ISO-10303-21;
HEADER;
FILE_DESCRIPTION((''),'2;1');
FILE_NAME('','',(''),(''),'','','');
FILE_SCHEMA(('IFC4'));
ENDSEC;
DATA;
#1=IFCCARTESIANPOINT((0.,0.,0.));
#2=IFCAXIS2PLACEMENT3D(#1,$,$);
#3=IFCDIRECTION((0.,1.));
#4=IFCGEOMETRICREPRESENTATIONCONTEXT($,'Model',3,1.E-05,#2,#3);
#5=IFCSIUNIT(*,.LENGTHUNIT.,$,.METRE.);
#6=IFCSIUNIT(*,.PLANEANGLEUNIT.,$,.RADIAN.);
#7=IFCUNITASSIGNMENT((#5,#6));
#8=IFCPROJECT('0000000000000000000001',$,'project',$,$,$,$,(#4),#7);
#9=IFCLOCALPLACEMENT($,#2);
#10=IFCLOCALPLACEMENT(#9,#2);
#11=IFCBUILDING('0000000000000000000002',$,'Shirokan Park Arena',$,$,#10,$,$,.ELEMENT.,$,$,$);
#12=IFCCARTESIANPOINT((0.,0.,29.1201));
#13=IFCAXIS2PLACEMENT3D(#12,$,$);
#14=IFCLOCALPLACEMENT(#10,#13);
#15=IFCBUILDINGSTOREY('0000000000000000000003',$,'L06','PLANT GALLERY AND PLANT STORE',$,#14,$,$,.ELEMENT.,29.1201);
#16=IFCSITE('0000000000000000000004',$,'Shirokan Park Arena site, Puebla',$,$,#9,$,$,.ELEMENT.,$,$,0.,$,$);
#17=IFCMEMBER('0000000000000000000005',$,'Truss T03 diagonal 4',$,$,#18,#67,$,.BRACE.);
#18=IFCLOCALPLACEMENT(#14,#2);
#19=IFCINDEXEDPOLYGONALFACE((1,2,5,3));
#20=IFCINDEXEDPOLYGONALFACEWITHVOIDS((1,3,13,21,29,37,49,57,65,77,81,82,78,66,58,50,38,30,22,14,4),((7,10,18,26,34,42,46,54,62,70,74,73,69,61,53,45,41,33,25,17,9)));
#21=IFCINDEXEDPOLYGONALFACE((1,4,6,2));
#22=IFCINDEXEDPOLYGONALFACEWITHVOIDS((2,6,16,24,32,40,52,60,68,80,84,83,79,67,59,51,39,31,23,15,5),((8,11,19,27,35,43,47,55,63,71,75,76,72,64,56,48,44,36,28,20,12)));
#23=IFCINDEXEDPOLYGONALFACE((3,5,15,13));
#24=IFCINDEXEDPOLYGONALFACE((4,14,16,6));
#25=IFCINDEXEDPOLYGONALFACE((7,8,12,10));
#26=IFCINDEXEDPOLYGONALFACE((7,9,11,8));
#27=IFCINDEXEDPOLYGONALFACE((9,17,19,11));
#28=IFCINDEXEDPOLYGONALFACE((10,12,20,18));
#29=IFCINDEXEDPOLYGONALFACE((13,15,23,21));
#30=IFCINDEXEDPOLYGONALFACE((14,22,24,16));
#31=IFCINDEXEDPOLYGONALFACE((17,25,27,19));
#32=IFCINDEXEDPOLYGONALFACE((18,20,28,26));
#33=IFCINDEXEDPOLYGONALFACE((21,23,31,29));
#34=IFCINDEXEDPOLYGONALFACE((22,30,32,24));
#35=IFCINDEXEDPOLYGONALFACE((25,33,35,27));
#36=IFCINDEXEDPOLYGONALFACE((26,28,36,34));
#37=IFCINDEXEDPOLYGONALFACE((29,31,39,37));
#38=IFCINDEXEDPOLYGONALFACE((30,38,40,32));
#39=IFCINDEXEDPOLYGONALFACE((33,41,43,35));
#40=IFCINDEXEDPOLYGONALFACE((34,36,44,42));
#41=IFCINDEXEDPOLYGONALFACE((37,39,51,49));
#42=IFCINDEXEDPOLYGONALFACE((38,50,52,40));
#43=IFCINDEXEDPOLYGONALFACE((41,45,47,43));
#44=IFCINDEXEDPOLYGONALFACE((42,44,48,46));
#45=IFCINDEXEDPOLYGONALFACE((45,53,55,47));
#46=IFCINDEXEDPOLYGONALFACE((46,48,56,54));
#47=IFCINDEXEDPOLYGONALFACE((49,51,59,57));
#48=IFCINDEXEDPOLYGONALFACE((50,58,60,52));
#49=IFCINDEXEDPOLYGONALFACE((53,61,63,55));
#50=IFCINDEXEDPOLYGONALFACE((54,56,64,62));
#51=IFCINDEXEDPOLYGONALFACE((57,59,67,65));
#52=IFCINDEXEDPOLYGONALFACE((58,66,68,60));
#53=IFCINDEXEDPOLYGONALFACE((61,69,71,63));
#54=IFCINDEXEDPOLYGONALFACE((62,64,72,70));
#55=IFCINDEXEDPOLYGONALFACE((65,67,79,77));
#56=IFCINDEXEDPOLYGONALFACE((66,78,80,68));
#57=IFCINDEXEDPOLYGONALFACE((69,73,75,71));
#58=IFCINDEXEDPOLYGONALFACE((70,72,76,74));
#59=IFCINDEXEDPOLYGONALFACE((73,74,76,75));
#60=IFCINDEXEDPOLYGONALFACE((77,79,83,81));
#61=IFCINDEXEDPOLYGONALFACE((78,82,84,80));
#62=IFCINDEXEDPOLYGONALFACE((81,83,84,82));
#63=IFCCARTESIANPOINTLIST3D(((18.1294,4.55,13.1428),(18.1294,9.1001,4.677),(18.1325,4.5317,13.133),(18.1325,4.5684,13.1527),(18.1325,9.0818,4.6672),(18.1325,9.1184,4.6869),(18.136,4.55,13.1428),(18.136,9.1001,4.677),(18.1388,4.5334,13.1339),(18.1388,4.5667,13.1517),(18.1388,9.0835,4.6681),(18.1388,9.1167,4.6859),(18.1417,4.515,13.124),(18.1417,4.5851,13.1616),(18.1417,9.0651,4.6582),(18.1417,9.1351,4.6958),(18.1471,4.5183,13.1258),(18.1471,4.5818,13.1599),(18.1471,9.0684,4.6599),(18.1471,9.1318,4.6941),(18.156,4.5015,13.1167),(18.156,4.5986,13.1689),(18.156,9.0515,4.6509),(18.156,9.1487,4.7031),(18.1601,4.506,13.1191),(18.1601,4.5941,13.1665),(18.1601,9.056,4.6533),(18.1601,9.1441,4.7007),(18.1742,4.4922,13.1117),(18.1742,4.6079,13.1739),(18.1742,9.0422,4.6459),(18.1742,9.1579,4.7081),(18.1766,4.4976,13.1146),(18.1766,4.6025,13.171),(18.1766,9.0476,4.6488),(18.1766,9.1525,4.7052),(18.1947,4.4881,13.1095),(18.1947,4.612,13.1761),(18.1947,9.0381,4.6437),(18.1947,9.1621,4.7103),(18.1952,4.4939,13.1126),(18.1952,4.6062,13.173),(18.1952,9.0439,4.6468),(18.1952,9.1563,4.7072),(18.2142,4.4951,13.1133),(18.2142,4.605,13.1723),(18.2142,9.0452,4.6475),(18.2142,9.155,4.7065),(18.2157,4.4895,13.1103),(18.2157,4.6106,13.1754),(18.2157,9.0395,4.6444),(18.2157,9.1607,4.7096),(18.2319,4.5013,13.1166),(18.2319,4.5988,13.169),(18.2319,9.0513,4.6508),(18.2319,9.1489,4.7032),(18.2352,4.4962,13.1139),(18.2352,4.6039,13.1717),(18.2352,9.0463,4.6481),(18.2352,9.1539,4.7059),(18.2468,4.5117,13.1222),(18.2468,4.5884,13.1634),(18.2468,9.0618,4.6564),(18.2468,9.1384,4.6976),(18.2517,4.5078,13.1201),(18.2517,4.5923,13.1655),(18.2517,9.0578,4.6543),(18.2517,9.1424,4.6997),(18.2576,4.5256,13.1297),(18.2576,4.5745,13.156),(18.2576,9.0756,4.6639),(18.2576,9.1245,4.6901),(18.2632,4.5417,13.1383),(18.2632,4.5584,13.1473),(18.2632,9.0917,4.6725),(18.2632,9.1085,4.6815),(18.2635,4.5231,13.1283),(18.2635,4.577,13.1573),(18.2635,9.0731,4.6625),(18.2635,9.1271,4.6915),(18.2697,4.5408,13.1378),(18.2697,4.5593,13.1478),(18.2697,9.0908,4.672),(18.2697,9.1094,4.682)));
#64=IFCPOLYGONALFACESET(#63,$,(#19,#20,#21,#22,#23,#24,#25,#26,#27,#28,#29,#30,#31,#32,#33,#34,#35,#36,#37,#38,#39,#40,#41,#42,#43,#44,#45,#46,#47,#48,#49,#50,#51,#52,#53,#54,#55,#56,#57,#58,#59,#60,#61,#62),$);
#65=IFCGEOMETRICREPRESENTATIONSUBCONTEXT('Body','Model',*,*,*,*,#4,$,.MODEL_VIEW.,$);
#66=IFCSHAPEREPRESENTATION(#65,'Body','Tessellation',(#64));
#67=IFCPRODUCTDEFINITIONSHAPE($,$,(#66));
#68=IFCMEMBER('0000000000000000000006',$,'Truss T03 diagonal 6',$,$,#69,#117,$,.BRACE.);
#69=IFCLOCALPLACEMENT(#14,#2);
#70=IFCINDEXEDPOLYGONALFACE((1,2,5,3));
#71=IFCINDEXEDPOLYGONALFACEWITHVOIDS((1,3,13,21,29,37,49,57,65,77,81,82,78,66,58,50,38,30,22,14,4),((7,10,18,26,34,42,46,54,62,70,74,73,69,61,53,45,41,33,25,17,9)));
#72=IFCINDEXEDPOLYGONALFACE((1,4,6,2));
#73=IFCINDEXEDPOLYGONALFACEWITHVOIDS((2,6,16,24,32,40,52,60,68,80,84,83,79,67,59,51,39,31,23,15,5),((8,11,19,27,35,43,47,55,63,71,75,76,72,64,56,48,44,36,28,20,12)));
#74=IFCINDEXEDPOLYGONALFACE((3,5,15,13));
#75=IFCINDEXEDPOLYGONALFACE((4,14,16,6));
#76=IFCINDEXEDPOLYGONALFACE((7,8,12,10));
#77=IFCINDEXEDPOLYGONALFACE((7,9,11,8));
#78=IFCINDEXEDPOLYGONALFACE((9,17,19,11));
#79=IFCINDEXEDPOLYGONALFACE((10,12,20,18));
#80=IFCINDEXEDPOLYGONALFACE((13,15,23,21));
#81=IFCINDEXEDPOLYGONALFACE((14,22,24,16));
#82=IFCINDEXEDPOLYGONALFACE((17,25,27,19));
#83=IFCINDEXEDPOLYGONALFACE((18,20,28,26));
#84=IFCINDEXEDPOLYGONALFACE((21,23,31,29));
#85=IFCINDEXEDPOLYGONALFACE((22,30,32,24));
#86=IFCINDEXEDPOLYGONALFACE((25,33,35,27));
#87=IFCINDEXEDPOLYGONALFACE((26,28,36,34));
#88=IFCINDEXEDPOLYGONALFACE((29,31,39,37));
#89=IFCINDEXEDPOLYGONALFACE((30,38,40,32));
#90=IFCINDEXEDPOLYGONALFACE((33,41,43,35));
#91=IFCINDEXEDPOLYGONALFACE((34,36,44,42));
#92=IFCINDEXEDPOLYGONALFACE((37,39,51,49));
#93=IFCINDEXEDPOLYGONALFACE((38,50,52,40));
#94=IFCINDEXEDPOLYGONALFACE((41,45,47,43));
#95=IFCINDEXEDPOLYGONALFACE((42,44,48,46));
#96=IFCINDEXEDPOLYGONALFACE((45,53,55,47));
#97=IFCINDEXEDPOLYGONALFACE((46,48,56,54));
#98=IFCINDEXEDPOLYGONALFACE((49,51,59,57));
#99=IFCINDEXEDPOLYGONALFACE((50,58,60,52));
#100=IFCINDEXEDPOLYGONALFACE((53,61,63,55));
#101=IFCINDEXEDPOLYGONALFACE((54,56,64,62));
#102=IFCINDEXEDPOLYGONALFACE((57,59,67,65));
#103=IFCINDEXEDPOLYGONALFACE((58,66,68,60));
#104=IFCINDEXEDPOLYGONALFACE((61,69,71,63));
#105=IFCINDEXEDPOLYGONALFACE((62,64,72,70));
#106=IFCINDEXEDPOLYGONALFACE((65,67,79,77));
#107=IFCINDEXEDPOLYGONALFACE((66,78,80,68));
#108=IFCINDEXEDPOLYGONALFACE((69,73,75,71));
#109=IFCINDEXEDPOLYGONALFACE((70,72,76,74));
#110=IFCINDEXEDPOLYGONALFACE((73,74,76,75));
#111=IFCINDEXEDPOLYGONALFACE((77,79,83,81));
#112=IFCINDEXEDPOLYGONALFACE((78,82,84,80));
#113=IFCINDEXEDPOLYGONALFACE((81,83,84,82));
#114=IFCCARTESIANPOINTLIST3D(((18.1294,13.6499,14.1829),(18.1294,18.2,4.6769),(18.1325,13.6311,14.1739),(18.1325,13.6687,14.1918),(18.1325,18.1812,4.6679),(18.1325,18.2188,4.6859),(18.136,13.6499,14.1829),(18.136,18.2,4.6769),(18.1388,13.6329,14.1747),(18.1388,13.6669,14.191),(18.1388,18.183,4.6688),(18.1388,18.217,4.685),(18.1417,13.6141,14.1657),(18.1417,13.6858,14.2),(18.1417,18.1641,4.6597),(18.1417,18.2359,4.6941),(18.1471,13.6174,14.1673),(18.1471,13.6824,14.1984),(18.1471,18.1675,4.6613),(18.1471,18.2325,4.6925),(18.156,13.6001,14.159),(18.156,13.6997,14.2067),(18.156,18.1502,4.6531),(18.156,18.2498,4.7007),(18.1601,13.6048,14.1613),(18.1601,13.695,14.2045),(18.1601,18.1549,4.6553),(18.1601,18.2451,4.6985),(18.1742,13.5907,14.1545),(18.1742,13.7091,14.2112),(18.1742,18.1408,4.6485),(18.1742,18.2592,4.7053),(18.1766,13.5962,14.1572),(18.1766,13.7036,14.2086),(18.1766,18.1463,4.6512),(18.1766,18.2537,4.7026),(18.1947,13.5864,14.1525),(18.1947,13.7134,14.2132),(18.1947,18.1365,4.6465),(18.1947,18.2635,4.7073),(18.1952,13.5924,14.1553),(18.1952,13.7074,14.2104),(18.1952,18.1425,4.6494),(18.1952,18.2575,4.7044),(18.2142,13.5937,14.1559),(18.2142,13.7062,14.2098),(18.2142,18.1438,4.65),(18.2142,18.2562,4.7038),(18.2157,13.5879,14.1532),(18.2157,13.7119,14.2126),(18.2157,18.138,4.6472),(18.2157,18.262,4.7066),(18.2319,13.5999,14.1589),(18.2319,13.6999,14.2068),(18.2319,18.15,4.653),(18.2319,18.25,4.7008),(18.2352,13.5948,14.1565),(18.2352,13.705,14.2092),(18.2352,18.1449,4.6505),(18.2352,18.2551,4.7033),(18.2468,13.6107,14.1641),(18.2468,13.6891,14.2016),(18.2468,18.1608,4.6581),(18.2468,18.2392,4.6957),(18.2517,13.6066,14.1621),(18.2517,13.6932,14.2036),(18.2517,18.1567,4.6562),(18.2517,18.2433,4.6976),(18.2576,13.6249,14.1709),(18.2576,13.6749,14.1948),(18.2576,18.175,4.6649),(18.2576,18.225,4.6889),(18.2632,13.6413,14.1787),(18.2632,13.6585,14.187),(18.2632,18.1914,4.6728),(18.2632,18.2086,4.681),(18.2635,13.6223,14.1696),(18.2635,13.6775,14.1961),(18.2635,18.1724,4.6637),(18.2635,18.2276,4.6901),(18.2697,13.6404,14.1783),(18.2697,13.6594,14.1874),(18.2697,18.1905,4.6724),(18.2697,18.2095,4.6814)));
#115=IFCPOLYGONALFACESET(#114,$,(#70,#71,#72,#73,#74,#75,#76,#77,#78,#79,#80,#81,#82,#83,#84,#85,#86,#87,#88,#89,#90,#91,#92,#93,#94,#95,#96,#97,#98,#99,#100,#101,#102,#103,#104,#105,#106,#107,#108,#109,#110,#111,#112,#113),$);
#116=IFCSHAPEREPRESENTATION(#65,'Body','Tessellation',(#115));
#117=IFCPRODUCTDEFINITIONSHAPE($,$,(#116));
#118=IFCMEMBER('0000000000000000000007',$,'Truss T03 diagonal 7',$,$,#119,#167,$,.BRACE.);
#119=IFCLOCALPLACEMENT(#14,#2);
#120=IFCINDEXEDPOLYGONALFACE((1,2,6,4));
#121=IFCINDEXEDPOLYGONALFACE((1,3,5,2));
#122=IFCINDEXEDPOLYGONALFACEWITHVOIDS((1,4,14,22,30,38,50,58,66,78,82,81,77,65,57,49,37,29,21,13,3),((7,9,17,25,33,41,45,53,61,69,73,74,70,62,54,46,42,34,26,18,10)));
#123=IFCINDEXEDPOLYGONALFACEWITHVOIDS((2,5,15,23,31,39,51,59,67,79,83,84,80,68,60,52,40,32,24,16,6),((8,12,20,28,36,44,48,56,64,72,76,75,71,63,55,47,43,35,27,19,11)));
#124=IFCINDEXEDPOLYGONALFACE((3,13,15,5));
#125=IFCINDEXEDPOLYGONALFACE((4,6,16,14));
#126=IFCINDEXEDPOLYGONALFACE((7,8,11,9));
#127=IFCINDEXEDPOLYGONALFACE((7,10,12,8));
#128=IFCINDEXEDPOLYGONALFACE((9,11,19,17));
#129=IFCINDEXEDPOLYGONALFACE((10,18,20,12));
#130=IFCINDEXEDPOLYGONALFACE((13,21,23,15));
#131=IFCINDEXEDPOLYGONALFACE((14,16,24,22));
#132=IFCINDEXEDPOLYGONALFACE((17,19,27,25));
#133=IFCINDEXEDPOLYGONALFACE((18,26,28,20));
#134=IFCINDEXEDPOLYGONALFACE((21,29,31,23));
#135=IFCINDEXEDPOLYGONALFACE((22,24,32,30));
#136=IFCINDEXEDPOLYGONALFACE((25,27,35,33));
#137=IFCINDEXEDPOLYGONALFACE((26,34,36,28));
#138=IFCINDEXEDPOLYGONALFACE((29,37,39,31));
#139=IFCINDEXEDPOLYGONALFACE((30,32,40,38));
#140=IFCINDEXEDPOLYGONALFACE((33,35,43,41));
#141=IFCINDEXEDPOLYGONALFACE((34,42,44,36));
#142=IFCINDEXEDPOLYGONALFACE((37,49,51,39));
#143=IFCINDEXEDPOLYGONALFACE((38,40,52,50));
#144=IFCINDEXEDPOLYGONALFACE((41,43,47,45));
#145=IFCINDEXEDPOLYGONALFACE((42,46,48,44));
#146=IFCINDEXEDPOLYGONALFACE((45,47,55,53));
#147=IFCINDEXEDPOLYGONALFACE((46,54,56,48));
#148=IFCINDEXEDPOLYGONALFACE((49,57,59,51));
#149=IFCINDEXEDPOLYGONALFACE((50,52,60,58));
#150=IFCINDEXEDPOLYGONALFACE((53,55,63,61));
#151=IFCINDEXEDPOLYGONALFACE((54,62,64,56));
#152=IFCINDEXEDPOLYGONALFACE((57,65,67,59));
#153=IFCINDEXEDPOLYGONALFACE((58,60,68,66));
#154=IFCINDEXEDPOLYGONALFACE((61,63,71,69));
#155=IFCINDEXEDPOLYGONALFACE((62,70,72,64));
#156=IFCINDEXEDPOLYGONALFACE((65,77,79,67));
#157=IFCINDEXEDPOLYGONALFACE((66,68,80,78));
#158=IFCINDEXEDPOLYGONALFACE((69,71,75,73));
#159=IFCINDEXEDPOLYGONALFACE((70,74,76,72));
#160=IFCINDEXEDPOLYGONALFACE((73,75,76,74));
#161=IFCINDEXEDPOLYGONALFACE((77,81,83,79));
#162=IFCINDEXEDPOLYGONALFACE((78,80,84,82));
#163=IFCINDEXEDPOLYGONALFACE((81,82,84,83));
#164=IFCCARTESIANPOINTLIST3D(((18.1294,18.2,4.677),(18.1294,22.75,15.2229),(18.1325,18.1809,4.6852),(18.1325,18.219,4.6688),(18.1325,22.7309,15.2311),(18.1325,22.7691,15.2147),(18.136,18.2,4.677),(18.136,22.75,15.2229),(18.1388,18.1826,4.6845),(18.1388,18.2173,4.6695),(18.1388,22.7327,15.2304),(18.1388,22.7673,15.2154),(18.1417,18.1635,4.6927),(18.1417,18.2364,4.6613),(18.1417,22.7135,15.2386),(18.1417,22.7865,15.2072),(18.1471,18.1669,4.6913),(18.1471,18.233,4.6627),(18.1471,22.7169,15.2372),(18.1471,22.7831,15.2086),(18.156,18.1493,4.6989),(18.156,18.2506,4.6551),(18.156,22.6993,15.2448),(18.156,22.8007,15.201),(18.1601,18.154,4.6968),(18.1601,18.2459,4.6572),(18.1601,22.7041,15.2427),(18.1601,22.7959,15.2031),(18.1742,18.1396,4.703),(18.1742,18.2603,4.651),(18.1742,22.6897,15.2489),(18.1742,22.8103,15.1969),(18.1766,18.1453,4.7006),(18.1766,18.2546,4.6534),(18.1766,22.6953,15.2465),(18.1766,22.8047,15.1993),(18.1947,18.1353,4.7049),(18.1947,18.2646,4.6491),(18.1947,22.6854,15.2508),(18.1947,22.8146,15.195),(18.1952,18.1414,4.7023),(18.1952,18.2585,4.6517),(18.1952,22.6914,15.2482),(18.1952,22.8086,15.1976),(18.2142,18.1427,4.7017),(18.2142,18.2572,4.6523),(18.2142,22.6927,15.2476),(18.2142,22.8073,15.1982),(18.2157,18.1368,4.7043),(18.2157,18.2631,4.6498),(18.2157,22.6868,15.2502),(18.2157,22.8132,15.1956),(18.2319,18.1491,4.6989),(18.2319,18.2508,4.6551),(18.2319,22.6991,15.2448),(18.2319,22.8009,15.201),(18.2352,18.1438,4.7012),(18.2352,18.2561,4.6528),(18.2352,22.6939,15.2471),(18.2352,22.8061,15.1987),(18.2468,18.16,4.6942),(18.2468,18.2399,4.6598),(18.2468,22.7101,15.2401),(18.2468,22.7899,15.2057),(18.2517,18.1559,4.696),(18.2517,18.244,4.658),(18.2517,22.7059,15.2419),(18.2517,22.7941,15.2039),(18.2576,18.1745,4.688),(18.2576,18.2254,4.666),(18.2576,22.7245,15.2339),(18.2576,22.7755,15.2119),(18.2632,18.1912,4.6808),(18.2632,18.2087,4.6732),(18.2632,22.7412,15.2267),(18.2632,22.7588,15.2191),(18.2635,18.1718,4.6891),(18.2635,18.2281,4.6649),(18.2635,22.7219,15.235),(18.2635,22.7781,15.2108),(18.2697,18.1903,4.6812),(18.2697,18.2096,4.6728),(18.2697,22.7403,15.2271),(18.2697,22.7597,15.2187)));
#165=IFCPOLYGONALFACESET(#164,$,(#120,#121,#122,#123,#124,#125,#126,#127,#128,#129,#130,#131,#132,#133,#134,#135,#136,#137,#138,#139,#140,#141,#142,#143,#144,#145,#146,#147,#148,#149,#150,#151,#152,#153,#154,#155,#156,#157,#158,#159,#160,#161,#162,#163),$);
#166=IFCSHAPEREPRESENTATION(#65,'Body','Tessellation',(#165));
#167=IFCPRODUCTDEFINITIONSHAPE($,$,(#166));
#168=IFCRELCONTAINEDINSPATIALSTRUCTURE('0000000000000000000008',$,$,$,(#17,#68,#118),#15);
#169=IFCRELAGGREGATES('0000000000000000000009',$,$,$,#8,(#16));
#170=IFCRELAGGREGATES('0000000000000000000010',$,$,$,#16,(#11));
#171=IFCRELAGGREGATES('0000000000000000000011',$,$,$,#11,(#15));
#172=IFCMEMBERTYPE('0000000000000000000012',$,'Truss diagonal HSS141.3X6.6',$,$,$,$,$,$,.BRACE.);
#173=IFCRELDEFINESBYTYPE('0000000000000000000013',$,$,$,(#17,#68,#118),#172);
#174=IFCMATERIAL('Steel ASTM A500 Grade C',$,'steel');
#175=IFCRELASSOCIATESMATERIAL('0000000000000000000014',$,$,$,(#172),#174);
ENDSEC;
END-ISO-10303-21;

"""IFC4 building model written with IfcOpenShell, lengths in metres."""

from ifc_helpers import new_model, si_unit, direction, frame, origin, origin_2d, place, context, subcontext, project, spatial, hollow_circle, extrude, material, material_profile, profile_set, type_object, element, save


model = new_model("IFC4")

# Units and contexts
model_context = context("Model", 3, precision=1e-05, world=origin(), true_north=direction((0.0, 1.0)))
body_context = subcontext(model_context, "Body", "Model", "MODEL_VIEW")
ifc_project = project(units=[si_unit("LENGTHUNIT", "METRE"), si_unit("PLANEANGLEUNIT", "RADIAN")], contexts=[model_context])

# Site, building, storey
site_placement = place(None, origin())
site = spatial("IfcSite", under=ifc_project, at=site_placement, Name="Shirokan Park Arena site, Puebla", CompositionType="ELEMENT", RefElevation=0.0)
building_placement = place(site_placement, origin())
building = spatial("IfcBuilding", under=site, at=building_placement, Name="Shirokan Park Arena", CompositionType="ELEMENT")
storey_placement = place(building_placement, frame((0.0, 0.0, 29.1201)))
storey = spatial("IfcBuildingStorey", under=building, at=storey_placement, Name="L06", Description="PLANT GALLERY AND PLANT STORE", CompositionType="ELEMENT", Elevation=29.1201)

# Members
ifc_material_1 = material(Name="Steel ASTM A500 Grade C", Category="steel")
ifc_material_profile_1 = material_profile(ifc_material_1, hollow_circle(Radius=0.0706, WallThickness=0.0066, at=origin_2d()), Name="HSS141.3X6.6")
ifc_profile_set_1 = profile_set([ifc_material_profile_1], Name="Steel ASTM A500 Grade C")
member_type_1 = type_object("IfcMemberType", Name="Truss diagonal HSS141.3X6.6", PredefinedType="BRACE", material=ifc_profile_set_1)
member_1_placement = place(storey_placement, frame((18.2, 4.55, 13.1428), z_axis=(0.0, 0.473417, -0.880839), x_axis=(-1.0, 0.0, 0.0)))
element("IfcMember", 1, at=member_1_placement, inside=storey, type_object=member_type_1, Name="Truss T03 diagonal 4", PredefinedType="BRACE", context=body_context, shape_type="SweptSolid", body=[
    extrude(hollow_circle(Radius=0.0706, WallThickness=0.0066, at=origin_2d()), origin(), (0.0, 0.0, 1.0), 9.6111),
])
member_2_placement = place(storey_placement, frame((18.2, 13.6499, 14.1829), z_axis=(0.0, 0.431746, -0.901995), x_axis=(-1.0, 0.0, 0.0)))
element("IfcMember", 2, at=member_2_placement, inside=storey, type_object=member_type_1, Name="Truss T03 diagonal 6", PredefinedType="BRACE", context=body_context, shape_type="SweptSolid", body=[
    extrude(hollow_circle(Radius=0.0706, WallThickness=0.0066, at=origin_2d()), origin(), (0.0, 0.0, 1.0), 10.5388),
])
member_3_placement = place(storey_placement, frame((18.2, 18.2, 4.677), z_axis=(0.0, 0.396153, 0.918185), x_axis=(-1.0, 0.0, 0.0)))
element("IfcMember", 3, at=member_3_placement, inside=storey, type_object=member_type_1, Name="Truss T03 diagonal 7", PredefinedType="BRACE", context=body_context, shape_type="SweptSolid", body=[
    extrude(hollow_circle(Radius=0.0706, WallThickness=0.0066, at=origin_2d()), origin(), (0.0, 0.0, 1.0), 11.4856),
])

save(model, "model.ifc")
